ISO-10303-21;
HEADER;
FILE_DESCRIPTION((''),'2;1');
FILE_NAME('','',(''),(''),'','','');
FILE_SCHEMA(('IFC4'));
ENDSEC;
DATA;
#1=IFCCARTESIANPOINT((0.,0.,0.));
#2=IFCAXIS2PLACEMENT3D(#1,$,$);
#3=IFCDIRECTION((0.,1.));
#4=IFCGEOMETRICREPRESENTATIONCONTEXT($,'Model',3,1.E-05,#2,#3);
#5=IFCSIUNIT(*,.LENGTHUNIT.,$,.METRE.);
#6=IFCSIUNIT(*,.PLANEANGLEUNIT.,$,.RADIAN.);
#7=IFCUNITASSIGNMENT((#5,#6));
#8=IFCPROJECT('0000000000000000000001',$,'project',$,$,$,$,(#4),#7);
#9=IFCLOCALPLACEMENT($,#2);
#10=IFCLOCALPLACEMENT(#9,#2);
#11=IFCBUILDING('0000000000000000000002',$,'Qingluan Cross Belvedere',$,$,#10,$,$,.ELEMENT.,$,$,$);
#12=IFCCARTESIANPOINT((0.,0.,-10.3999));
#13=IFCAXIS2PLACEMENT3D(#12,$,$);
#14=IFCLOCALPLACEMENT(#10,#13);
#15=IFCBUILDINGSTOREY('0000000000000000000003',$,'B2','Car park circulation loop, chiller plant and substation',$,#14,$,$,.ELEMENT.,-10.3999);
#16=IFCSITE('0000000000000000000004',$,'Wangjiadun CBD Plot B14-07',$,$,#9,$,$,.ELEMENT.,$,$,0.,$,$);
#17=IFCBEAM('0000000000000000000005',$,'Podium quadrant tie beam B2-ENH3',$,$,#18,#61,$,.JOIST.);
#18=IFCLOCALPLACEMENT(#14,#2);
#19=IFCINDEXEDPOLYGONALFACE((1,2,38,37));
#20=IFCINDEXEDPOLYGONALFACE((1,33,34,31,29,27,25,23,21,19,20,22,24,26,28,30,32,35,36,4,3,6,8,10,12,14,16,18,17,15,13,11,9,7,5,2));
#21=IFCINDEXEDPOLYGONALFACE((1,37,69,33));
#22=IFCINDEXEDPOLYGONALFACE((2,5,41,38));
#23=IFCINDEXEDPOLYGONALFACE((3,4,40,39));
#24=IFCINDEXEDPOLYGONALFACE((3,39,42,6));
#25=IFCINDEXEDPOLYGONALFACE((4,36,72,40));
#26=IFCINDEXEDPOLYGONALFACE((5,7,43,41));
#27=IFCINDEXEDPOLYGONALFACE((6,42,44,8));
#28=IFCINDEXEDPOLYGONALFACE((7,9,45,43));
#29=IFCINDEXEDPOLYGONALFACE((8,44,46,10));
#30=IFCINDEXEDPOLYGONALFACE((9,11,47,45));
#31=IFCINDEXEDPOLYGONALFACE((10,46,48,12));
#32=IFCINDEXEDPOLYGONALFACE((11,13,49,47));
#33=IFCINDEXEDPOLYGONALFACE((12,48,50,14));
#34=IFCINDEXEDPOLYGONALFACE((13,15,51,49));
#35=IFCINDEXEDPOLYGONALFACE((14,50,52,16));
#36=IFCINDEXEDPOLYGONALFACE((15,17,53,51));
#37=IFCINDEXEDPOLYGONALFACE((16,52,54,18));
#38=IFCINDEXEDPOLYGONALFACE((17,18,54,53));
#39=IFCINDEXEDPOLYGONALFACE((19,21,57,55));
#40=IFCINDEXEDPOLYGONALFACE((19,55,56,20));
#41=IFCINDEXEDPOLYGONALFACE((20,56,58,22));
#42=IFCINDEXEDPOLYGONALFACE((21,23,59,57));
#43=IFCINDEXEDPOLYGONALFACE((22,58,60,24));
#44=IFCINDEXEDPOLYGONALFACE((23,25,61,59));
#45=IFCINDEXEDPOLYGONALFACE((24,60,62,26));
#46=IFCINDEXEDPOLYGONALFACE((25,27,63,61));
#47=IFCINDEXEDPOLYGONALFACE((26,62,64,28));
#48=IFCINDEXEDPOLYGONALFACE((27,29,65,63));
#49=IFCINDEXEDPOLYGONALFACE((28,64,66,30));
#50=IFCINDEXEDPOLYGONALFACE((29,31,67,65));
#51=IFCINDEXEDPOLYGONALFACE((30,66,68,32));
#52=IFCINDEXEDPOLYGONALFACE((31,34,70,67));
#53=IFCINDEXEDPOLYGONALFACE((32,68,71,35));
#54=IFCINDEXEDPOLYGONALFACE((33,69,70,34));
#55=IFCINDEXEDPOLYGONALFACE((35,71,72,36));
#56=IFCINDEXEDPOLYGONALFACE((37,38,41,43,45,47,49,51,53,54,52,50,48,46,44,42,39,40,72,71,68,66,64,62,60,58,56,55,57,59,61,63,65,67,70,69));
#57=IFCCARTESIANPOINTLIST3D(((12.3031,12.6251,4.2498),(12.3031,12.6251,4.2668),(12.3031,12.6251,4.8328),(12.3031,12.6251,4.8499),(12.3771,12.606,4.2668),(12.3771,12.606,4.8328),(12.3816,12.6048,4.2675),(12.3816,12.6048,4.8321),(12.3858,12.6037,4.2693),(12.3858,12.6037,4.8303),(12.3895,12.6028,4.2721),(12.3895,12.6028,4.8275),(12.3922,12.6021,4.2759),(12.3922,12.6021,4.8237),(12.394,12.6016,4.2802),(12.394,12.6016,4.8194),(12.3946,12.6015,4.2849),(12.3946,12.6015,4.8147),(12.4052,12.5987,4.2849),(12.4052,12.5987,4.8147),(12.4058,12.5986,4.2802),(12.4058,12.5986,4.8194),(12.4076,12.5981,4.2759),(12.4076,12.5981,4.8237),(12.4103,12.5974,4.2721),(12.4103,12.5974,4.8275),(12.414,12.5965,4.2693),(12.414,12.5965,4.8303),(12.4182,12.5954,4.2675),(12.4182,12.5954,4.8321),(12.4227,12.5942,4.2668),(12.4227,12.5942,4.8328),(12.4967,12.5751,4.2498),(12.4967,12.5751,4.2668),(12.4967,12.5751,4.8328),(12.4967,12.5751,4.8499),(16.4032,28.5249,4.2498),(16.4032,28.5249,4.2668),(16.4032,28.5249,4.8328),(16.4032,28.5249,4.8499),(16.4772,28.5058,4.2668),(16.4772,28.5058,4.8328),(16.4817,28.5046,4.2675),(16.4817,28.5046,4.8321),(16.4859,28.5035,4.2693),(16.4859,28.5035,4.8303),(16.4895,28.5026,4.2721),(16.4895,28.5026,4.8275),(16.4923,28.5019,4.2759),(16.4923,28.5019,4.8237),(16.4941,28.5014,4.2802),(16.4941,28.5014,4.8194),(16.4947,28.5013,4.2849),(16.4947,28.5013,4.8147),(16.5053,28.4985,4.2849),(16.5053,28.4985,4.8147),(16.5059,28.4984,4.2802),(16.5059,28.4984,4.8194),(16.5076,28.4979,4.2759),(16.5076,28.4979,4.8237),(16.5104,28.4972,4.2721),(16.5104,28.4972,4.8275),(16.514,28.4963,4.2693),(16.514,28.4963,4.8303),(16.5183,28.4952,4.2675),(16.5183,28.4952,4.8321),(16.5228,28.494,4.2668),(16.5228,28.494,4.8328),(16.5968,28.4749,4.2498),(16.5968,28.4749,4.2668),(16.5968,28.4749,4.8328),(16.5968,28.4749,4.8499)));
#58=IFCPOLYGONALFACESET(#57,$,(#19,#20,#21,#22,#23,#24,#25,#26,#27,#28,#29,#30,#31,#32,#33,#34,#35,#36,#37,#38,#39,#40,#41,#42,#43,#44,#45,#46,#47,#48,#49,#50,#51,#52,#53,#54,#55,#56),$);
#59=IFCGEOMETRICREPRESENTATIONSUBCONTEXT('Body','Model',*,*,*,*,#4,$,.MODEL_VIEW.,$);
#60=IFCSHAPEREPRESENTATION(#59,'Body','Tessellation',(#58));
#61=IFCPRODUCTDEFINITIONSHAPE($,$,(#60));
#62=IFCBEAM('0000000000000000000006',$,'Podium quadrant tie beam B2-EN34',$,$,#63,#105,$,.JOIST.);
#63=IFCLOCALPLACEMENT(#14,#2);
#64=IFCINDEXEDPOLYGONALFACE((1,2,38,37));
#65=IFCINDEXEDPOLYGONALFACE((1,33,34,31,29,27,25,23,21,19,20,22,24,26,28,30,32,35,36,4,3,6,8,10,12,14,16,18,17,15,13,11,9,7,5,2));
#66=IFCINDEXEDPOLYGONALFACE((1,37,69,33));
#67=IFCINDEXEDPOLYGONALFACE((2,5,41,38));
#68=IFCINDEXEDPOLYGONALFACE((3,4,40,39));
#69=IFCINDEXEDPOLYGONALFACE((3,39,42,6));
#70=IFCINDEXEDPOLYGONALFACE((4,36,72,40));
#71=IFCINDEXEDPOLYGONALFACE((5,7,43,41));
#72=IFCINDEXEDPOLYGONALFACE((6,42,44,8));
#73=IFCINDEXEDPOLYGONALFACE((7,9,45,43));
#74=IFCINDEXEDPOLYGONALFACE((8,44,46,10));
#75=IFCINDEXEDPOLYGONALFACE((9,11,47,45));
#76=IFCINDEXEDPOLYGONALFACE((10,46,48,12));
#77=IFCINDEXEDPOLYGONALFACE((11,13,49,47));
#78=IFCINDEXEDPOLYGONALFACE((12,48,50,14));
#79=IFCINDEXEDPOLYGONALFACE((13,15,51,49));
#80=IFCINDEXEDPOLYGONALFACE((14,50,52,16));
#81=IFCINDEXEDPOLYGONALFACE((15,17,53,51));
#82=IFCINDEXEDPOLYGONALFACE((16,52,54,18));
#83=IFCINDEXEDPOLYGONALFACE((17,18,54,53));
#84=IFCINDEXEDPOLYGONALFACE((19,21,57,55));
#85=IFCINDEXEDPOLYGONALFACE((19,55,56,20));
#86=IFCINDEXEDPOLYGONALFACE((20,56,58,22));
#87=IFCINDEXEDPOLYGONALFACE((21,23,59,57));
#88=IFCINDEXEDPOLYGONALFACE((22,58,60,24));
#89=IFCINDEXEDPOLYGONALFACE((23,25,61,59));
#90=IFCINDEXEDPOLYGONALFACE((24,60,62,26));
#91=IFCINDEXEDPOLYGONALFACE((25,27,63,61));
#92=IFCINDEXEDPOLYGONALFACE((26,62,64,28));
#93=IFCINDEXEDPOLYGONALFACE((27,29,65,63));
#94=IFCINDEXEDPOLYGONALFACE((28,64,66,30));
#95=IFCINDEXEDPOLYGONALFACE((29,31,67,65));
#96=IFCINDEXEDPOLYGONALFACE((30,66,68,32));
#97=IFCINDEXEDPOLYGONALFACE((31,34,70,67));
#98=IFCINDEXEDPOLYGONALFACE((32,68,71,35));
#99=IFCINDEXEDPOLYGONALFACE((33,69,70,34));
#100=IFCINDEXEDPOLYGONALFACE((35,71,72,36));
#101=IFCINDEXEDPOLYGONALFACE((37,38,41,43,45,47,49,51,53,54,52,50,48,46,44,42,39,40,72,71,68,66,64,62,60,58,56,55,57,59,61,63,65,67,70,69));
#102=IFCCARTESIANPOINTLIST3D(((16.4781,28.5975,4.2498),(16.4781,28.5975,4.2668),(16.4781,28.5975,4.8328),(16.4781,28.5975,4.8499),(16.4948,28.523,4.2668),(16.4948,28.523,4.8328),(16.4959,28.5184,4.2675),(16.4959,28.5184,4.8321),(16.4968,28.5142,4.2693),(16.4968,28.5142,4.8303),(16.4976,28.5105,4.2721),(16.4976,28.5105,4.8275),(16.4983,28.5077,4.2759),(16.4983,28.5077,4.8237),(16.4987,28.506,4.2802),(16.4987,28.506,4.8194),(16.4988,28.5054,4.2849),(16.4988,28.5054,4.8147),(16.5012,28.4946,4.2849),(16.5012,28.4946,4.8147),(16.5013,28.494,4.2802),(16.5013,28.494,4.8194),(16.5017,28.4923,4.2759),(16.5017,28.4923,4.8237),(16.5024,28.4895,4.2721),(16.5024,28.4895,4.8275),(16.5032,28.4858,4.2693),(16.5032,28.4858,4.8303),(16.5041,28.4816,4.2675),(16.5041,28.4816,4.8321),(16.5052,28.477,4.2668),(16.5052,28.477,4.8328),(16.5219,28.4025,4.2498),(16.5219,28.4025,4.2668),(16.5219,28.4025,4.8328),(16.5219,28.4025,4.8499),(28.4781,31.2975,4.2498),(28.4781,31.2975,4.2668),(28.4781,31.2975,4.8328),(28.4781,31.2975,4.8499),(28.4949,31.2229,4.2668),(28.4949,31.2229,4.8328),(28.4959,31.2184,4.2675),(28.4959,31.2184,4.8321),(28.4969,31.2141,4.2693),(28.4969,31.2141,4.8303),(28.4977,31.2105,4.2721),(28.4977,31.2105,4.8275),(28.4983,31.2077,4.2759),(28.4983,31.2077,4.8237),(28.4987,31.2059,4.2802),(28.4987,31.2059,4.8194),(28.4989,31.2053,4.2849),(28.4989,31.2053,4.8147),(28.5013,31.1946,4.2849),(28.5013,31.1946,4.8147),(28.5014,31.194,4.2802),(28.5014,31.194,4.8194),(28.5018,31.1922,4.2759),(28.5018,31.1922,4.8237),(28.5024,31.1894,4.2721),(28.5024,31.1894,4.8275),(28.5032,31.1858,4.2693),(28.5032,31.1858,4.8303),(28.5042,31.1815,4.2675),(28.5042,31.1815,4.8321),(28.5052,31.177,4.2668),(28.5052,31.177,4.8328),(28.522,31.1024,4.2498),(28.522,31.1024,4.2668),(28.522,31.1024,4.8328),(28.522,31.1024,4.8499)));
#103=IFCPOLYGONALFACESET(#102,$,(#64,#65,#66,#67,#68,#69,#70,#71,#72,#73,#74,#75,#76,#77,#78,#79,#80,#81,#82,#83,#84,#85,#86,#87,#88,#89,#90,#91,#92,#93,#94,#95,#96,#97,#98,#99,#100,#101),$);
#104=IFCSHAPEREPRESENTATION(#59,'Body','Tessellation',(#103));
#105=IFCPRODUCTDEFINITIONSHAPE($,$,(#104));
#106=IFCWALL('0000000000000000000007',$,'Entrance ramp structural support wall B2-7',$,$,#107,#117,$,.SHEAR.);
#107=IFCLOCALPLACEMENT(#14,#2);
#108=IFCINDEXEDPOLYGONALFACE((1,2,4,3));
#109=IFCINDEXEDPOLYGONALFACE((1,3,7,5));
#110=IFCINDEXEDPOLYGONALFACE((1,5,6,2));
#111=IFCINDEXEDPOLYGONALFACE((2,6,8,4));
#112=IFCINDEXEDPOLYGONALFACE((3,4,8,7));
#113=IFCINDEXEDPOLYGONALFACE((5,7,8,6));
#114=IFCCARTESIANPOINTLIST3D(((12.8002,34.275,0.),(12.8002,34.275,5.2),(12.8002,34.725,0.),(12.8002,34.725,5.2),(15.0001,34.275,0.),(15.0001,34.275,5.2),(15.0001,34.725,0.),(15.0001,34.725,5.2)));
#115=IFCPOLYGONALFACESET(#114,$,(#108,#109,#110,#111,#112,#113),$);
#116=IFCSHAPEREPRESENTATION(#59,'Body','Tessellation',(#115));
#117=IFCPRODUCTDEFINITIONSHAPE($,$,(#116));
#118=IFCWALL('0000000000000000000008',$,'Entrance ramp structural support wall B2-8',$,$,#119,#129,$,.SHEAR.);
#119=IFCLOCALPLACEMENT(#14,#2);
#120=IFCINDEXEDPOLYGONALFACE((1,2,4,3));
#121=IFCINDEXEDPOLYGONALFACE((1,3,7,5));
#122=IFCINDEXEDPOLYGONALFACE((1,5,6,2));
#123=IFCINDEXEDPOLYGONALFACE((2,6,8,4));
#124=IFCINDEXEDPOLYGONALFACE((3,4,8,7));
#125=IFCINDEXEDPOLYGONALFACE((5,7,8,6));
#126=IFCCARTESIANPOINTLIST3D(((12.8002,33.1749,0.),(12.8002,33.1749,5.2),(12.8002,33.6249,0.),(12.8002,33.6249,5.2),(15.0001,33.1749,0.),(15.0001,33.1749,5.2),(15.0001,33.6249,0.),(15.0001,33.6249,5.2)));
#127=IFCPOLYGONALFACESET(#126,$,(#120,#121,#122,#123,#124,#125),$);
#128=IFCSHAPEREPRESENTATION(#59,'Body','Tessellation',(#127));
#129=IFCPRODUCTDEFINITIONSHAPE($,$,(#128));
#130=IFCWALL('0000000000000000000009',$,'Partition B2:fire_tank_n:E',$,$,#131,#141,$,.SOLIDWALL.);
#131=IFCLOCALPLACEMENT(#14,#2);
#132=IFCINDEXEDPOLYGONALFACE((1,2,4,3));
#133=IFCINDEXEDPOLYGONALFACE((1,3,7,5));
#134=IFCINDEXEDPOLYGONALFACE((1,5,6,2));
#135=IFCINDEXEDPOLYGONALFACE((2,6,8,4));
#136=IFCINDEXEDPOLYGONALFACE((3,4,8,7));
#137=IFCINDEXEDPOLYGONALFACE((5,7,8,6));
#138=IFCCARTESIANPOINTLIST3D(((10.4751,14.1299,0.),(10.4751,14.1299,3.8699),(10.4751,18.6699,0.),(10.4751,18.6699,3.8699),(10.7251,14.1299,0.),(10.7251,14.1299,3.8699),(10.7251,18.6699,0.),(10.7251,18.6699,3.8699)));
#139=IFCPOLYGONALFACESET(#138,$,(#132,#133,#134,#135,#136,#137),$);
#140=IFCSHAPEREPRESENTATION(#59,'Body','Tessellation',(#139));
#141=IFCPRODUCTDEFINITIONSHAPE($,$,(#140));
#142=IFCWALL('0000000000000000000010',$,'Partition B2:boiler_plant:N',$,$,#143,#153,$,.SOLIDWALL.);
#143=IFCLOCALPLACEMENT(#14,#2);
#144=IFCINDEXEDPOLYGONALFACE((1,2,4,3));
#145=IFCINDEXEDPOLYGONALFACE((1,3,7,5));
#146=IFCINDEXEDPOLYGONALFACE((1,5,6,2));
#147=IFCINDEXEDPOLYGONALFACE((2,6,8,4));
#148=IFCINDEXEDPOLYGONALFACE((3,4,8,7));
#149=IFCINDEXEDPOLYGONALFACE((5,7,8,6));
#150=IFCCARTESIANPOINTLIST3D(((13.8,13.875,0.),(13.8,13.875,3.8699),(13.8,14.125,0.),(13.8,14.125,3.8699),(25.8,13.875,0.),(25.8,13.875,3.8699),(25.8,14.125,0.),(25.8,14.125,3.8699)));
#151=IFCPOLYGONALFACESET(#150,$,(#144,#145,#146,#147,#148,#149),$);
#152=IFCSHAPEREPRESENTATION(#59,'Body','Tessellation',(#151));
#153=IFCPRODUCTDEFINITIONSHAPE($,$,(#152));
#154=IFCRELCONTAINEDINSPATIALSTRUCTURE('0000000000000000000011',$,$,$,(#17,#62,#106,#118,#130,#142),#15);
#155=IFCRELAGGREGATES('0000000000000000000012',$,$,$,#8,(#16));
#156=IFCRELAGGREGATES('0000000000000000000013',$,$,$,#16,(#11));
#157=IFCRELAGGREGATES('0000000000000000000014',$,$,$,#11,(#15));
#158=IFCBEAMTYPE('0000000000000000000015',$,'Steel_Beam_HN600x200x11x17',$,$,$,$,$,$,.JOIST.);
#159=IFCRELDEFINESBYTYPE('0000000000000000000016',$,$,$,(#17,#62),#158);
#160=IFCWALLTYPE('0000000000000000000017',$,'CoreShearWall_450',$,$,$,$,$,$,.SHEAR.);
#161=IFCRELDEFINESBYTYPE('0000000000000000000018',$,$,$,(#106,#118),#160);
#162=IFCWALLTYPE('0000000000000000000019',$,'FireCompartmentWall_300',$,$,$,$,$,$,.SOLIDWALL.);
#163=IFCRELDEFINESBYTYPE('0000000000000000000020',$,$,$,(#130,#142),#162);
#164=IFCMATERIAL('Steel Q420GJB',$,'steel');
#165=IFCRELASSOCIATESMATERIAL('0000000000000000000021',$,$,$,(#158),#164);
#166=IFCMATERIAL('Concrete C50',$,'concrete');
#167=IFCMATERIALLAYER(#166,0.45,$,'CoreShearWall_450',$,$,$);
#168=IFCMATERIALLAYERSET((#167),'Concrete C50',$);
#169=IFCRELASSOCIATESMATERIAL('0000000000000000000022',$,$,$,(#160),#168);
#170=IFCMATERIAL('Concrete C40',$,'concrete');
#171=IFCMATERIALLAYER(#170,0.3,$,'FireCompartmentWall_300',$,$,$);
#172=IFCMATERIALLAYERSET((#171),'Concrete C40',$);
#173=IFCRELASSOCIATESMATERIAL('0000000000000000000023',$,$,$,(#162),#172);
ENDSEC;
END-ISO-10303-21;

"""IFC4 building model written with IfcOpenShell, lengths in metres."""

from ifc_helpers import new_model, si_unit, direction, frame, frame_2d, origin, origin_2d, place, context, subcontext, project, spatial, rectangle, i_section, extrude, material, layer, layer_set, material_profile, profile_set, type_object, element, save


model = new_model("IFC4")

# Units and contexts
model_context = context("Model", 3, precision=1e-05, world=origin(), true_north=direction((0.0, 1.0)))
body_context = subcontext(model_context, "Body", "Model", "MODEL_VIEW")
ifc_project = project(units=[si_unit("LENGTHUNIT", "METRE"), si_unit("PLANEANGLEUNIT", "RADIAN")], contexts=[model_context])

# Site, building, storey
site_placement = place(None, origin())
site = spatial("IfcSite", under=ifc_project, at=site_placement, Name="Wangjiadun CBD Plot B14-07", CompositionType="ELEMENT", RefElevation=0.0)
building_placement = place(site_placement, origin())
building = spatial("IfcBuilding", under=site, at=building_placement, Name="Qingluan Cross Belvedere", CompositionType="ELEMENT")
storey_placement = place(building_placement, frame((0.0, 0.0, -10.3999)))
storey = spatial("IfcBuildingStorey", under=building, at=storey_placement, Name="B2", Description="Car park circulation loop, chiller plant and substation", CompositionType="ELEMENT", Elevation=-10.3999)

# Beams
ifc_material_1 = material(Name="Steel Q420GJB", Category="steel")
ifc_material_profile_1 = material_profile(ifc_material_1, i_section(OverallWidth=0.2, OverallDepth=0.6001, WebThickness=0.011, FlangeThickness=0.0171, FilletRadius=0.0181, at=origin_2d()), Name="HN600x200x11x17")
ifc_profile_set_1 = profile_set([ifc_material_profile_1], Name="Steel Q420GJB")
beam_type_1 = type_object("IfcBeamType", Name="Steel_Beam_HN600x200x11x17", PredefinedType="JOIST", material=ifc_profile_set_1)
beam_1_placement = place(storey_placement, frame((12.3999, 12.6001, 4.5498), z_axis=(0.249701, 0.968323, 0.0), x_axis=(-0.968323, 0.249701, 0.0)))
element("IfcBeam", 1, at=beam_1_placement, inside=storey, type_object=beam_type_1, Name="Podium quadrant tie beam B2-ENH3", PredefinedType="JOIST", context=body_context, shape_type="SweptSolid", body=[
    extrude(i_section(OverallWidth=0.2, OverallDepth=0.6001, WebThickness=0.011, FlangeThickness=0.0171, FilletRadius=0.0181, at=origin_2d()), origin(), (0.0, 0.0, 1.0), 16.4199),
])
beam_2_placement = place(storey_placement, frame((16.5, 28.5, 4.5498), z_axis=(0.975611, 0.219508, 0.0), x_axis=(-0.219508, 0.975611, 0.0)))
element("IfcBeam", 2, at=beam_2_placement, inside=storey, type_object=beam_type_1, Name="Podium quadrant tie beam B2-EN34", PredefinedType="JOIST", context=body_context, shape_type="SweptSolid", body=[
    extrude(i_section(OverallWidth=0.2, OverallDepth=0.6001, WebThickness=0.011, FlangeThickness=0.0171, FilletRadius=0.0181, at=origin_2d()), origin(), (0.0, 0.0, 1.0), 12.3),
])

# Walls
ifc_material_2 = material(Name="Concrete C50", Category="concrete")
ifc_layer_1 = layer(ifc_material_2, 0.45, Name="CoreShearWall_450")
ifc_layer_set_1 = layer_set([ifc_layer_1], Name="Concrete C50")
wall_type_1 = type_object("IfcWallType", Name="CoreShearWall_450", PredefinedType="SHEAR", material=ifc_layer_set_1)
for number, where, z_axis, x_axis, name in (
    (3, (12.8, 34.5, 0.0), (0.0, 0.0, 1.0), (1.0, 0.0, 0.0), "Entrance ramp structural support wall B2-7"),
    (4, (12.8, 33.3999, 0.0), (0.0, 0.0, 1.0), (1.0, 0.0, 0.0), "Entrance ramp structural support wall B2-8"),
):
    element("IfcWall", number, at=place(storey_placement, frame(where, z_axis=z_axis, x_axis=x_axis)), inside=storey, type_object=wall_type_1, Name=name, PredefinedType="SHEAR", context=body_context, shape_type="SweptSolid", body=[
        extrude(rectangle(XDim=2.2, YDim=0.45, at=frame_2d((1.1001, 0.0))), origin(), (0.0, 0.0, 1.0), 5.2),
    ])
ifc_material_3 = material(Name="Concrete C40", Category="concrete")
ifc_layer_2 = layer(ifc_material_3, 0.3, Name="FireCompartmentWall_300")
ifc_layer_set_2 = layer_set([ifc_layer_2], Name="Concrete C40")
wall_type_2 = type_object("IfcWallType", Name="FireCompartmentWall_300", PredefinedType="SOLIDWALL", material=ifc_layer_set_2)
wall_1_placement = place(storey_placement, frame((10.6001, 14.1299, 0.0), z_axis=(0.0, 0.0, 1.0), x_axis=(0.0, 1.0, 0.0)))
element("IfcWall", 5, at=wall_1_placement, inside=storey, type_object=wall_type_2, Name="Partition B2:fire_tank_n:E", PredefinedType="SOLIDWALL", context=body_context, shape_type="SweptSolid", body=[
    extrude(rectangle(XDim=4.54, YDim=0.25, at=frame_2d((2.27, 0.0))), origin(), (0.0, 0.0, 1.0), 3.8699),
])
wall_2_placement = place(storey_placement, frame((13.8, 14.0, 0.0), z_axis=(0.0, 0.0, 1.0), x_axis=(1.0, 0.0, 0.0)))
element("IfcWall", 6, at=wall_2_placement, inside=storey, type_object=wall_type_2, Name="Partition B2:boiler_plant:N", PredefinedType="SOLIDWALL", context=body_context, shape_type="SweptSolid", body=[
    extrude(rectangle(XDim=12.0, YDim=0.25, at=frame_2d((6.0, 0.0))), origin(), (0.0, 0.0, 1.0), 3.8699),
])

save(model, "model.ifc")
